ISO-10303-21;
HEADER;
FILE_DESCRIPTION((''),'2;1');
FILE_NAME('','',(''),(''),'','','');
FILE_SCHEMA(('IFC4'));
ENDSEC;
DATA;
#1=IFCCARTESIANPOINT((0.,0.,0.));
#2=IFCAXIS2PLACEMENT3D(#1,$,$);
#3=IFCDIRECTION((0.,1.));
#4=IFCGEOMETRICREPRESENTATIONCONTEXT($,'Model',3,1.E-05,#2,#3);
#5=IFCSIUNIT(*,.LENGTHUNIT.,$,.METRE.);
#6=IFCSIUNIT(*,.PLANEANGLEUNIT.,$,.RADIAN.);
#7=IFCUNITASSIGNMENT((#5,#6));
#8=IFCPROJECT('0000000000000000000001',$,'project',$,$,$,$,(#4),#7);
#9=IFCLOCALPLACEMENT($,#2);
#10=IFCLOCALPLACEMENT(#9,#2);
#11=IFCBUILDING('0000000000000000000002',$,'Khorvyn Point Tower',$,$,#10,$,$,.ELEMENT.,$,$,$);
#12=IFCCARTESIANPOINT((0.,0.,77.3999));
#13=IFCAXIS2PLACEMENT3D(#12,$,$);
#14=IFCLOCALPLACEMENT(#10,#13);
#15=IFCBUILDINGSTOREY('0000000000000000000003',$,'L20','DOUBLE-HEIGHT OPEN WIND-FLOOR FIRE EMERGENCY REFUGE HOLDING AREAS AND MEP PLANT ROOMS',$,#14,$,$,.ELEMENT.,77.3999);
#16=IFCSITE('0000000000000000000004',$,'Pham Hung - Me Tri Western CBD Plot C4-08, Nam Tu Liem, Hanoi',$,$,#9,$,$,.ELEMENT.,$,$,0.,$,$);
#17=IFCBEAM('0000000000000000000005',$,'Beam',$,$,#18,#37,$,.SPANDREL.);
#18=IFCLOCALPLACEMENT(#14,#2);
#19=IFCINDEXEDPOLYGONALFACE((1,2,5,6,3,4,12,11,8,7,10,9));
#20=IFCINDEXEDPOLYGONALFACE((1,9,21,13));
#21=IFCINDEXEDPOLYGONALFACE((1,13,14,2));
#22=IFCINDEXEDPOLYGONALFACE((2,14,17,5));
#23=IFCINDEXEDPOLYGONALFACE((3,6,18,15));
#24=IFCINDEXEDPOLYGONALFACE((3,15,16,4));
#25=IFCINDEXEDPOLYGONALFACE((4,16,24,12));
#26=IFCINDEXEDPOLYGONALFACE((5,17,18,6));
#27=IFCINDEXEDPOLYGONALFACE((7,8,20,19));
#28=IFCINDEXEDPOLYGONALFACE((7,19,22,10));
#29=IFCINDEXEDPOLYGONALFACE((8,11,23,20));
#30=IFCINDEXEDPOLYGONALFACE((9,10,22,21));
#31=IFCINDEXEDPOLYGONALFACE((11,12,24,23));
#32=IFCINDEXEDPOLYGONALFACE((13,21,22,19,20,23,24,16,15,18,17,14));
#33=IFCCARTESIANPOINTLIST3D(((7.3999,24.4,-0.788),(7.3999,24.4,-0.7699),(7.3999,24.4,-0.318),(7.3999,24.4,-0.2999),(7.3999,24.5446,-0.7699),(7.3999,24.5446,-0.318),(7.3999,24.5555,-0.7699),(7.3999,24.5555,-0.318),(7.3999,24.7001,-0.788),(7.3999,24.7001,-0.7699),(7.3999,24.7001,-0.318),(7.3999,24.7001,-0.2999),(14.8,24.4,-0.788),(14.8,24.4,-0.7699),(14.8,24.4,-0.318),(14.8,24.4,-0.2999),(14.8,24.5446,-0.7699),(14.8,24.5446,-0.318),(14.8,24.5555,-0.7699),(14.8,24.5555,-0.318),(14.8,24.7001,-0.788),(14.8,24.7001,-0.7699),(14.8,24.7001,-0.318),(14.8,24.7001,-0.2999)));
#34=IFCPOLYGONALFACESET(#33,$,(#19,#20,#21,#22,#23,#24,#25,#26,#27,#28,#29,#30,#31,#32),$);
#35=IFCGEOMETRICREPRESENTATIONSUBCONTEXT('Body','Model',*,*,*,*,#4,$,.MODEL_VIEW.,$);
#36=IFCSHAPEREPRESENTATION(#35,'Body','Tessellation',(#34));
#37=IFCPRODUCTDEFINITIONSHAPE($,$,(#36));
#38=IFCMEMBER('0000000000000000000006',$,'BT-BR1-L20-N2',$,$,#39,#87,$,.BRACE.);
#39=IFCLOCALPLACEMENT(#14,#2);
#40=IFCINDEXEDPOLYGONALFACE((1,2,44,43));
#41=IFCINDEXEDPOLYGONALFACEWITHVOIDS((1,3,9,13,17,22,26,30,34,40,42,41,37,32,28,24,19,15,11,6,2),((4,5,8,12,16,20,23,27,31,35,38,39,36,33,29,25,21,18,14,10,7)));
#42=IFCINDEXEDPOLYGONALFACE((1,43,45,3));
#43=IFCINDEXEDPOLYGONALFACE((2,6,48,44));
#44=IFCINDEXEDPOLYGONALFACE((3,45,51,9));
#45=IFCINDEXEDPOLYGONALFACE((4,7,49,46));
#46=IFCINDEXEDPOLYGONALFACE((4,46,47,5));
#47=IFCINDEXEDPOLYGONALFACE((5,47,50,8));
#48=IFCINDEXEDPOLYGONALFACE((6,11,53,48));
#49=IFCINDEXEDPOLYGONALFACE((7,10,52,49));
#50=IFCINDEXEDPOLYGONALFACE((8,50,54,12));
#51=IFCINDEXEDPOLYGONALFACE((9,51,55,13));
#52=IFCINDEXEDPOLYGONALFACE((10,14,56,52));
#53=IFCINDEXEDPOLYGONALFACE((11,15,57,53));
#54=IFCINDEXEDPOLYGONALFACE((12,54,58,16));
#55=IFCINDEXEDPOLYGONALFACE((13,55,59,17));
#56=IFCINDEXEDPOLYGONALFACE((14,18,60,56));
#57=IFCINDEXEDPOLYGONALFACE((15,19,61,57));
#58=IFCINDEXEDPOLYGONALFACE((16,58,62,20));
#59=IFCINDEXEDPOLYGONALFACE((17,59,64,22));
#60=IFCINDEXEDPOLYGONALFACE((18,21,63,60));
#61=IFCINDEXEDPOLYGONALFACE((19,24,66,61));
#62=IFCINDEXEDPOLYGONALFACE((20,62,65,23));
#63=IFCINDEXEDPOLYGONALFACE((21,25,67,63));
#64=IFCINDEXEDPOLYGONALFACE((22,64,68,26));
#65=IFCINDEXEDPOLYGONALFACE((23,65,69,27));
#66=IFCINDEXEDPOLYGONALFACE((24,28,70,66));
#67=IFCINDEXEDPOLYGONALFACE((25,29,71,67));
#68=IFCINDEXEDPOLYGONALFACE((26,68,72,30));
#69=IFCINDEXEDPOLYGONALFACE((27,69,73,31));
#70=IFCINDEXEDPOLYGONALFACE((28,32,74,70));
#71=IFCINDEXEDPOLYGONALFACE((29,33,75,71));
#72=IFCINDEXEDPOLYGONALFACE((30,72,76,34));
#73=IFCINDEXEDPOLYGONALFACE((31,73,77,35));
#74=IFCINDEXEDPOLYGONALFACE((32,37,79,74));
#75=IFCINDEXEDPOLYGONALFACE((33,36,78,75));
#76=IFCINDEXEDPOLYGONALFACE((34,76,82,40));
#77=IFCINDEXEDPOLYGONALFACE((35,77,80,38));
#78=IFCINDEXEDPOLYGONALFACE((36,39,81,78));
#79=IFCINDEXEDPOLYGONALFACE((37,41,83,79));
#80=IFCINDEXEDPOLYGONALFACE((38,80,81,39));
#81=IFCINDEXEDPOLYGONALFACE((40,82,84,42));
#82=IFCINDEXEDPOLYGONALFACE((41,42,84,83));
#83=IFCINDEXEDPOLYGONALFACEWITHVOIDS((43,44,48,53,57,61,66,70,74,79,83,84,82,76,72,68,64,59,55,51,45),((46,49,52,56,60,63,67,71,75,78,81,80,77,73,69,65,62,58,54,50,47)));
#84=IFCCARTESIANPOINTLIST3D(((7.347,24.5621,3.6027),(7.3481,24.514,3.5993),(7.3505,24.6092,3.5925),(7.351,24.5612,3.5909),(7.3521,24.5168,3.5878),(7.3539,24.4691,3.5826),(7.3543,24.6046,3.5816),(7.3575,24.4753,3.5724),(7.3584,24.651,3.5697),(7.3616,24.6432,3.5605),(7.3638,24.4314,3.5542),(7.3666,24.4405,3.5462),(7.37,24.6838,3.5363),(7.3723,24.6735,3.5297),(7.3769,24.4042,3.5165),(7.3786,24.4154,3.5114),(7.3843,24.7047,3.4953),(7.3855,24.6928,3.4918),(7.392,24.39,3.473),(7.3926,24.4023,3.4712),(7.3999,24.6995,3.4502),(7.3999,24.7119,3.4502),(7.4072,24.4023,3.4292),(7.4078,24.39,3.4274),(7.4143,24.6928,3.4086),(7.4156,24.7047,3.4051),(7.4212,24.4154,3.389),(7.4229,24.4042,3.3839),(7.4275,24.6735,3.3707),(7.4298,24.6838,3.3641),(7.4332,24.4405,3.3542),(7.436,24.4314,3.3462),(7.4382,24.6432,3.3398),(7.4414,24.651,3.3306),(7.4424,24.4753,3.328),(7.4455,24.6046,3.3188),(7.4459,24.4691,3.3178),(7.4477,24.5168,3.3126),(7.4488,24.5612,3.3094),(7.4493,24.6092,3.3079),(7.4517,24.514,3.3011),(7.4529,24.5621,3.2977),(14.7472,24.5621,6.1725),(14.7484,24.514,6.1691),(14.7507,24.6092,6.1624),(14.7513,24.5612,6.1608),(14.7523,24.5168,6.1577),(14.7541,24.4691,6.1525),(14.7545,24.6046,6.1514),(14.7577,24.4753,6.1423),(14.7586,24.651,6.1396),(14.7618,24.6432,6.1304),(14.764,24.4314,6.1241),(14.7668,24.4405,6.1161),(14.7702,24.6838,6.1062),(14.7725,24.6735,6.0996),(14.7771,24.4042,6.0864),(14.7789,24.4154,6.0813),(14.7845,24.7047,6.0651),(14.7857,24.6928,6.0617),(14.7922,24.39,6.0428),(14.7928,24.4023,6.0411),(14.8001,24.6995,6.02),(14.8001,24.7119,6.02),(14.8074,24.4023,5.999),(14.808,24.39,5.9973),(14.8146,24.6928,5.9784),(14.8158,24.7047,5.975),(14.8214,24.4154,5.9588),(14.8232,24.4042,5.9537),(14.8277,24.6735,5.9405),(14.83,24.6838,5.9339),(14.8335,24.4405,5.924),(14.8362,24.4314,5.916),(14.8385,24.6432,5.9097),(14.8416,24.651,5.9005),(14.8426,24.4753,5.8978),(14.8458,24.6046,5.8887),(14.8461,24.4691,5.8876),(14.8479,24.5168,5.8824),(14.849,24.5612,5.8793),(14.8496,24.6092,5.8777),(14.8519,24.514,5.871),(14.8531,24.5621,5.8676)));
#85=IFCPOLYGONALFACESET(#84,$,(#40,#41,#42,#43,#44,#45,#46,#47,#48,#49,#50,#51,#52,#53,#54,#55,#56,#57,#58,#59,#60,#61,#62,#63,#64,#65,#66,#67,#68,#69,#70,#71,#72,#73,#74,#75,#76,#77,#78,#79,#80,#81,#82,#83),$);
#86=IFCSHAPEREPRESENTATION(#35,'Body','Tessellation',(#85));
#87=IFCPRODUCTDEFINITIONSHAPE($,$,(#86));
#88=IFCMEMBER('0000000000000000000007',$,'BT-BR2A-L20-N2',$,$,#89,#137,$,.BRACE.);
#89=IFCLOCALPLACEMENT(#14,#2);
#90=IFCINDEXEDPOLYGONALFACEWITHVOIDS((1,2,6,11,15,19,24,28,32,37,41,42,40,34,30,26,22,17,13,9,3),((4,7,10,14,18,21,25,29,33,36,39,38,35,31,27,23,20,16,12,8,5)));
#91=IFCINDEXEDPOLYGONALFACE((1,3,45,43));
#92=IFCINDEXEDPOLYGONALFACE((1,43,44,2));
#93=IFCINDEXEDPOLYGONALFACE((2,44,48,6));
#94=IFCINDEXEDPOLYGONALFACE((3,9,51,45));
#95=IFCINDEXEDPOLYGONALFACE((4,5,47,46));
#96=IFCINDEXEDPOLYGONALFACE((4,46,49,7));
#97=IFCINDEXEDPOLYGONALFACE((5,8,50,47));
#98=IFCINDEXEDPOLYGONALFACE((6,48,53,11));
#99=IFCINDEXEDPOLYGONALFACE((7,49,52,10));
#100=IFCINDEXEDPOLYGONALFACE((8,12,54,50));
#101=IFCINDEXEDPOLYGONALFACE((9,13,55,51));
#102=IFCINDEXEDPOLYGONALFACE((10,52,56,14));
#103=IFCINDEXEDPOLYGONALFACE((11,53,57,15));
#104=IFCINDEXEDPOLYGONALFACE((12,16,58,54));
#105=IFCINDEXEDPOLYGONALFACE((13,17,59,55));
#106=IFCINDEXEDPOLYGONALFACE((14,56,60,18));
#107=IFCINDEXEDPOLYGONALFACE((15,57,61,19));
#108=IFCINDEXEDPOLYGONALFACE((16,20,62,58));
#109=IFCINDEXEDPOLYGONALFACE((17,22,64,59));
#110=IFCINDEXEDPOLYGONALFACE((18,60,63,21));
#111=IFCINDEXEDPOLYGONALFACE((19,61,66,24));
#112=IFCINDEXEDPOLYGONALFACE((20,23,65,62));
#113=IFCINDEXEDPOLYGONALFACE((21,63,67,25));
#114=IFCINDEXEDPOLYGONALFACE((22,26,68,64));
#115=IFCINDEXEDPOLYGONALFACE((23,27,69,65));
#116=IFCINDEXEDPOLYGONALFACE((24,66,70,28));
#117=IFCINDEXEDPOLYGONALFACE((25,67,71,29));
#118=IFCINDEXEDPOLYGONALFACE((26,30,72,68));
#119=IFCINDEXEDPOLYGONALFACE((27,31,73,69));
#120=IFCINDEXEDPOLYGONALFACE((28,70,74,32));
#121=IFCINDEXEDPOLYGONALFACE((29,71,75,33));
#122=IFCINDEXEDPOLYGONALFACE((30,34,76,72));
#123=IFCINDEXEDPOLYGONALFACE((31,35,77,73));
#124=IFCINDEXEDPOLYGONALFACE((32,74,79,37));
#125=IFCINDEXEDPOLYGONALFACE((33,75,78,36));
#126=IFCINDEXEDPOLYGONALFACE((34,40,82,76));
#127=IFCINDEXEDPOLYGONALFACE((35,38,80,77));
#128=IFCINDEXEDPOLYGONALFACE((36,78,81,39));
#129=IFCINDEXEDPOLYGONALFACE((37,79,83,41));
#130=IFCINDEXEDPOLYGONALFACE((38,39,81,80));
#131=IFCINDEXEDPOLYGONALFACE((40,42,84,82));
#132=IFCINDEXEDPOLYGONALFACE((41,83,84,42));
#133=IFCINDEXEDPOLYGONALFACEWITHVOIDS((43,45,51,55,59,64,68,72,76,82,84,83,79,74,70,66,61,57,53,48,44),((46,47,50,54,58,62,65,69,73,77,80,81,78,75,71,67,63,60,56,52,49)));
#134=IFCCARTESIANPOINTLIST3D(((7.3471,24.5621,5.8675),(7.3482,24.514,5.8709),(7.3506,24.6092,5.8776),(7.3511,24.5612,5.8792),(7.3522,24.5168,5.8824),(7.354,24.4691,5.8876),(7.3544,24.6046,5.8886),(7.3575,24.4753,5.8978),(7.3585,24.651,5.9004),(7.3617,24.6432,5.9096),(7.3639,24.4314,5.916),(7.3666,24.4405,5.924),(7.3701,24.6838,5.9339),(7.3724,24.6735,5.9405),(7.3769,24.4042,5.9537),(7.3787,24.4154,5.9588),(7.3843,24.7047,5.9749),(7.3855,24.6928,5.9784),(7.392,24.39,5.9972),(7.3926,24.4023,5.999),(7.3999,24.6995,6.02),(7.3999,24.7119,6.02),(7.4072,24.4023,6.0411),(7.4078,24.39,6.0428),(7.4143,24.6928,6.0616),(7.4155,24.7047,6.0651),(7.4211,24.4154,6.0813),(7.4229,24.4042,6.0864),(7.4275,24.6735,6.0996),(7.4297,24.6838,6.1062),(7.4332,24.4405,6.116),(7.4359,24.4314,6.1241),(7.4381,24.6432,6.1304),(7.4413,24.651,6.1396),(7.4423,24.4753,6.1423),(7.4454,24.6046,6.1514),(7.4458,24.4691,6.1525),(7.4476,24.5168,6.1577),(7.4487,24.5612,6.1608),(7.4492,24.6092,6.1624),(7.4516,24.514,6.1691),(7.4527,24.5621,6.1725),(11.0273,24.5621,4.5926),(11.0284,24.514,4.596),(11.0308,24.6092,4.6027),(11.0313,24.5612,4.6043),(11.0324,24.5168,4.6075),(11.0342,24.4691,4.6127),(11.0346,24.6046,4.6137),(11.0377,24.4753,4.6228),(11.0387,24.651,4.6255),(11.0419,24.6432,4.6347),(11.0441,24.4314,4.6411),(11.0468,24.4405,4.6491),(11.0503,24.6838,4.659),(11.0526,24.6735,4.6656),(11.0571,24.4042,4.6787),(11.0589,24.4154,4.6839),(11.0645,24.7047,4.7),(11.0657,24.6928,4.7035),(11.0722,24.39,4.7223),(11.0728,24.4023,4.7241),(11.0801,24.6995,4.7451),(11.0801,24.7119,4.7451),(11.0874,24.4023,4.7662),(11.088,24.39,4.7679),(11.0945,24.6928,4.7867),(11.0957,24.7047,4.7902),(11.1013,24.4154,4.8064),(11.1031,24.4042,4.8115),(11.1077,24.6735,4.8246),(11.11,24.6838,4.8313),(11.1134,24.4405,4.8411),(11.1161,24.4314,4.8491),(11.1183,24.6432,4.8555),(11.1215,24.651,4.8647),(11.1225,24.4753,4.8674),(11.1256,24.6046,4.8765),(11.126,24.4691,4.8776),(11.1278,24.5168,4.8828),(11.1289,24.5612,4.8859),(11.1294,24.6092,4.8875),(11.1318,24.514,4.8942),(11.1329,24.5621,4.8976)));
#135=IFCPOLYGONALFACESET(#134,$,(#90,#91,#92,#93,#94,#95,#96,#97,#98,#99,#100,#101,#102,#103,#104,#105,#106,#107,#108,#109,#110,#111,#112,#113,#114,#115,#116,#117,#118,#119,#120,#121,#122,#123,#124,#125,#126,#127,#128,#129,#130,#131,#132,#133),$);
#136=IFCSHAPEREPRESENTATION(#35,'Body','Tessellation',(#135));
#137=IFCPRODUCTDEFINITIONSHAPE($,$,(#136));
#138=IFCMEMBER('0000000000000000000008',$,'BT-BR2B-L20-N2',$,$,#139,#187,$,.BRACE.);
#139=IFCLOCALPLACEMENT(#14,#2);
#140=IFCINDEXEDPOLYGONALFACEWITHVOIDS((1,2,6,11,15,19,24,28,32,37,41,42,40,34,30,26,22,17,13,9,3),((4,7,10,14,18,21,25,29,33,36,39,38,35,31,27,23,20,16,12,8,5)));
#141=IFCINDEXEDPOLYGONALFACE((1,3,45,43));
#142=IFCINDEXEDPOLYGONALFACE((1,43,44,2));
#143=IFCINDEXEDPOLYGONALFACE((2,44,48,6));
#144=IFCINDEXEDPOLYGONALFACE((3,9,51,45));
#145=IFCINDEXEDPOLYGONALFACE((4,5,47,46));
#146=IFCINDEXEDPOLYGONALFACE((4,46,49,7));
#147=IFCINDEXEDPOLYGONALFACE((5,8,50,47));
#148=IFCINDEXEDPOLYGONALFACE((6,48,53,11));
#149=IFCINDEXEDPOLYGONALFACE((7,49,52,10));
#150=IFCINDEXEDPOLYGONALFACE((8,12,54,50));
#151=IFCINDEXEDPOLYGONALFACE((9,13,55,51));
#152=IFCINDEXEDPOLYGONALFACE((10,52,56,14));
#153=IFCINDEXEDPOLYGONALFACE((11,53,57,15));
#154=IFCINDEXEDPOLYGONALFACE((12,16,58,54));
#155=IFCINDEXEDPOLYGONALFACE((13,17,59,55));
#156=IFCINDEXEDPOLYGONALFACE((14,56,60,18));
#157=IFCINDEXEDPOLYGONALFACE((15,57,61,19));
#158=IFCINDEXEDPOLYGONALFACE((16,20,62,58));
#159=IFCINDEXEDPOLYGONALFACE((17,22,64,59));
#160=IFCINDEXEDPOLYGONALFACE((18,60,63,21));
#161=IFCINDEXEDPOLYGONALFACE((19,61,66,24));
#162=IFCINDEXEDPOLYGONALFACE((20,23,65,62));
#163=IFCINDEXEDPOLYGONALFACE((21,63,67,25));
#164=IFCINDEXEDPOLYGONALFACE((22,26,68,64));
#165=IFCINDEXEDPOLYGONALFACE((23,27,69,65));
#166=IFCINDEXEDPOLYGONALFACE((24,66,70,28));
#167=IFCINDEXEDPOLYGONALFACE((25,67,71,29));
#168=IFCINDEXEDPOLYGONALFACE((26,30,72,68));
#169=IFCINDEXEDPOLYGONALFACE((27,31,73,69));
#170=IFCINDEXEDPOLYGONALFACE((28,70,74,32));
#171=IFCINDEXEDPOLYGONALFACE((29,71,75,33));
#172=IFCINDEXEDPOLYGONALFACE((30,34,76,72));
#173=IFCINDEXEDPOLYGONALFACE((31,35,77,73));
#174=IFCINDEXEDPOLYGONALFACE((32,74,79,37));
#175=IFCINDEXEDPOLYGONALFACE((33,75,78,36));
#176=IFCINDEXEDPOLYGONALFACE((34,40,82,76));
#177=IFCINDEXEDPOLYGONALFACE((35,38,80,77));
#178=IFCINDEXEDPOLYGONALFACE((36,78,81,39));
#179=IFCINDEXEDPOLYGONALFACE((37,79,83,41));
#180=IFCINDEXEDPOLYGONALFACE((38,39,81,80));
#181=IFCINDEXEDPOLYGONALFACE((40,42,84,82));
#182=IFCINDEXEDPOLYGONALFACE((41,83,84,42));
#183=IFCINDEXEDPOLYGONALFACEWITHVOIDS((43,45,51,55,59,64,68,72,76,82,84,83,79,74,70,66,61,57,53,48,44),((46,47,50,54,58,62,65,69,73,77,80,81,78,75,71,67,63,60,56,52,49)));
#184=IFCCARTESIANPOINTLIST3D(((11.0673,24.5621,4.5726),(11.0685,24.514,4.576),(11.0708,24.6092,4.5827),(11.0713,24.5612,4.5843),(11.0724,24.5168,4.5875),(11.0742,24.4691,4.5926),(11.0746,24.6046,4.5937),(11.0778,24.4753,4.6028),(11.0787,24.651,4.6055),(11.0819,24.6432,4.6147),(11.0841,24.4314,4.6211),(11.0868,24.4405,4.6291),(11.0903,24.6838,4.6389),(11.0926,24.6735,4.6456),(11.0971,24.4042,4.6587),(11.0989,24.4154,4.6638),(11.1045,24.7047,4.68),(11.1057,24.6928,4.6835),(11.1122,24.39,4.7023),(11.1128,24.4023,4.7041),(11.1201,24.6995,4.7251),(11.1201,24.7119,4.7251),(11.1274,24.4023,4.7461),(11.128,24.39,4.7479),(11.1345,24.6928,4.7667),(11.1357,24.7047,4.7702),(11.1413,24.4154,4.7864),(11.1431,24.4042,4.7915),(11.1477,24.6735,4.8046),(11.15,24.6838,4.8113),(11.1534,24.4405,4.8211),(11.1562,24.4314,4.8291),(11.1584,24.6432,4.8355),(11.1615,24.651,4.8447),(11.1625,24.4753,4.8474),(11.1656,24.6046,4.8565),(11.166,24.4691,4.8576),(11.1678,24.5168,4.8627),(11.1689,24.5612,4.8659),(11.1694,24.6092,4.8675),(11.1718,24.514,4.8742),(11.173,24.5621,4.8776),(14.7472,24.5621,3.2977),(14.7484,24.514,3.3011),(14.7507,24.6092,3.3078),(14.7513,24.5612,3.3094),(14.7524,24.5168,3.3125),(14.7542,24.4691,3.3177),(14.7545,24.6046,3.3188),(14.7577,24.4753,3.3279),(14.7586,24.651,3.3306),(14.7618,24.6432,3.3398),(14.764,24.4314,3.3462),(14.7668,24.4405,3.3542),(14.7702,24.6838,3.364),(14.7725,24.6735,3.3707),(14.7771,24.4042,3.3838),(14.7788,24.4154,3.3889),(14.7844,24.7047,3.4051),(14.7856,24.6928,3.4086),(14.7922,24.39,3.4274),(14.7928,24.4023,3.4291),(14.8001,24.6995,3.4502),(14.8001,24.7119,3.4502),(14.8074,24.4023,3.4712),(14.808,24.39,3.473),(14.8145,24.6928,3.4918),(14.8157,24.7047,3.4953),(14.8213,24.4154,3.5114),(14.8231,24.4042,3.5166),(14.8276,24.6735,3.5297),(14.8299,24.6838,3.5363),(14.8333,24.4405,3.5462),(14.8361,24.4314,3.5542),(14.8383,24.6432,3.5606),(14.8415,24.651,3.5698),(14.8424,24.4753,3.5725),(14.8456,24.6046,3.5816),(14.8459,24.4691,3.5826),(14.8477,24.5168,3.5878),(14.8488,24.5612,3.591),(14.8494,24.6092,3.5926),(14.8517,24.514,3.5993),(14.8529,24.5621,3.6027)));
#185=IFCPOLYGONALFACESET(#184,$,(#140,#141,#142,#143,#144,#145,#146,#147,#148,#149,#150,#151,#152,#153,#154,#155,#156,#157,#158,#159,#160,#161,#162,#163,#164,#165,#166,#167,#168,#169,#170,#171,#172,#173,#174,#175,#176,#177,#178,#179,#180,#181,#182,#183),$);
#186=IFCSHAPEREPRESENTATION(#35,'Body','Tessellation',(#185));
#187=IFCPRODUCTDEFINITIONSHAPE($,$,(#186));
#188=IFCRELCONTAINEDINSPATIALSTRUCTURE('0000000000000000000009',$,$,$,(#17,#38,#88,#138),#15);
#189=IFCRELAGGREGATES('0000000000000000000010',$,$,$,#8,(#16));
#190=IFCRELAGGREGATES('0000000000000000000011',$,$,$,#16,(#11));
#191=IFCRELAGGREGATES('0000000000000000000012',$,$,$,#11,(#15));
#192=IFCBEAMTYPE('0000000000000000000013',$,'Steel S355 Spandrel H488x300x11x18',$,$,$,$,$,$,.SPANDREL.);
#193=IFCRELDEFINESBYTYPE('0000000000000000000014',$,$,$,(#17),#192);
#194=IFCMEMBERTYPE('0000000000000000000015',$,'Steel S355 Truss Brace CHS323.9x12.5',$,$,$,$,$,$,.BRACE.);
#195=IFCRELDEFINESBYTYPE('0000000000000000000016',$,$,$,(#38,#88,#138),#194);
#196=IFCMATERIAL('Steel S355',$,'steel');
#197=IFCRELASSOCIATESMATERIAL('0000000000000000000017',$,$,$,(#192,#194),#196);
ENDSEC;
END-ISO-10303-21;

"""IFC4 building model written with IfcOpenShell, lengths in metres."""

from ifc_helpers import new_model, si_unit, direction, frame, origin, origin_2d, place, context, subcontext, project, spatial, hollow_circle, i_section, extrude, material, material_profile, profile_set, type_object, element, save


model = new_model("IFC4")

# Units and contexts
model_context = context("Model", 3, precision=1e-05, world=origin(), true_north=direction((0.0, 1.0)))
body_context = subcontext(model_context, "Body", "Model", "MODEL_VIEW")
ifc_project = project(units=[si_unit("LENGTHUNIT", "METRE"), si_unit("PLANEANGLEUNIT", "RADIAN")], contexts=[model_context])

# Site, building, storey
site_placement = place(None, origin())
site = spatial("IfcSite", under=ifc_project, at=site_placement, Name="Pham Hung - Me Tri Western CBD Plot C4-08, Nam Tu Liem, Hanoi", CompositionType="ELEMENT", RefElevation=0.0)
building_placement = place(site_placement, origin())
building = spatial("IfcBuilding", under=site, at=building_placement, Name="Khorvyn Point Tower", CompositionType="ELEMENT")
storey_placement = place(building_placement, frame((0.0, 0.0, 77.3999)))
storey = spatial("IfcBuildingStorey", under=building, at=storey_placement, Name="L20", Description="DOUBLE-HEIGHT OPEN WIND-FLOOR FIRE EMERGENCY REFUGE HOLDING AREAS AND MEP PLANT ROOMS", CompositionType="ELEMENT", Elevation=77.3999)

# Beam
ifc_material_1 = material(Name="Steel S355", Category="steel")
ifc_material_profile_1 = material_profile(ifc_material_1, i_section(OverallWidth=0.3, OverallDepth=0.488, WebThickness=0.011, FlangeThickness=0.0181, at=origin_2d()))
ifc_profile_set_1 = profile_set([ifc_material_profile_1], Name="Steel S355 H488x300x11x18")
beam_type_1 = type_object("IfcBeamType", Name="Steel S355 Spandrel H488x300x11x18", PredefinedType="SPANDREL", material=ifc_profile_set_1)
beam_1_placement = place(storey_placement, frame((7.3999, 24.55, -0.5439), z_axis=(1.0, 0.0, 0.0), x_axis=(0.0, 1.0, 0.0)))
element("IfcBeam", 1, at=beam_1_placement, inside=storey, type_object=beam_type_1, Name="Beam", PredefinedType="SPANDREL", context=body_context, shape_type="SweptSolid", body=[
    extrude(i_section(OverallWidth=0.3, OverallDepth=0.488, WebThickness=0.011, FlangeThickness=0.0181, at=origin_2d()), origin(), (0.0, 0.0, 1.0), 7.4001),
])

# Members
ifc_material_profile_2 = material_profile(ifc_material_1, hollow_circle(Radius=0.1619, WallThickness=0.0125, at=origin_2d()))
ifc_profile_set_2 = profile_set([ifc_material_profile_2], Name="Steel S355 CHS323.9x12.5")
member_type_1 = type_object("IfcMemberType", Name="Steel S355 Truss Brace CHS323.9x12.5", PredefinedType="BRACE", material=ifc_profile_set_2)
member_1_placement = place(storey_placement, frame((7.3999, 24.55, 3.4502), z_axis=(0.944661, 0.0, 0.328049), x_axis=(0.0, 1.0, 0.0)))
element("IfcMember", 2, at=member_1_placement, inside=storey, type_object=member_type_1, Name="BT-BR1-L20-N2", PredefinedType="BRACE", context=body_context, shape_type="SweptSolid", body=[
    extrude(hollow_circle(Radius=0.1619, WallThickness=0.0125, at=origin_2d()), origin(), (0.0, 0.0, 1.0), 7.8337),
])
member_2_placement = place(storey_placement, frame((7.3999, 24.55, 6.02), z_axis=(0.944907, 0.0, -0.327339), x_axis=(0.0, 1.0, 0.0)))
element("IfcMember", 3, at=member_2_placement, inside=storey, type_object=member_type_1, Name="BT-BR2A-L20-N2", PredefinedType="BRACE", context=body_context, shape_type="SweptSolid", body=[
    extrude(hollow_circle(Radius=0.1619, WallThickness=0.0125, at=origin_2d()), origin(), (0.0, 0.0, 1.0), 3.8948),
])
member_3_placement = place(storey_placement, frame((11.1201, 24.55, 4.7251), z_axis=(0.9449, 0.0, -0.327358), x_axis=(0.0, 1.0, 0.0)))
element("IfcMember", 4, at=member_3_placement, inside=storey, type_object=member_type_1, Name="BT-BR2B-L20-N2", PredefinedType="BRACE", context=body_context, shape_type="SweptSolid", body=[
    extrude(hollow_circle(Radius=0.1619, WallThickness=0.0125, at=origin_2d()), origin(), (0.0, 0.0, 1.0), 3.8945),
])

save(model, "model.ifc")
